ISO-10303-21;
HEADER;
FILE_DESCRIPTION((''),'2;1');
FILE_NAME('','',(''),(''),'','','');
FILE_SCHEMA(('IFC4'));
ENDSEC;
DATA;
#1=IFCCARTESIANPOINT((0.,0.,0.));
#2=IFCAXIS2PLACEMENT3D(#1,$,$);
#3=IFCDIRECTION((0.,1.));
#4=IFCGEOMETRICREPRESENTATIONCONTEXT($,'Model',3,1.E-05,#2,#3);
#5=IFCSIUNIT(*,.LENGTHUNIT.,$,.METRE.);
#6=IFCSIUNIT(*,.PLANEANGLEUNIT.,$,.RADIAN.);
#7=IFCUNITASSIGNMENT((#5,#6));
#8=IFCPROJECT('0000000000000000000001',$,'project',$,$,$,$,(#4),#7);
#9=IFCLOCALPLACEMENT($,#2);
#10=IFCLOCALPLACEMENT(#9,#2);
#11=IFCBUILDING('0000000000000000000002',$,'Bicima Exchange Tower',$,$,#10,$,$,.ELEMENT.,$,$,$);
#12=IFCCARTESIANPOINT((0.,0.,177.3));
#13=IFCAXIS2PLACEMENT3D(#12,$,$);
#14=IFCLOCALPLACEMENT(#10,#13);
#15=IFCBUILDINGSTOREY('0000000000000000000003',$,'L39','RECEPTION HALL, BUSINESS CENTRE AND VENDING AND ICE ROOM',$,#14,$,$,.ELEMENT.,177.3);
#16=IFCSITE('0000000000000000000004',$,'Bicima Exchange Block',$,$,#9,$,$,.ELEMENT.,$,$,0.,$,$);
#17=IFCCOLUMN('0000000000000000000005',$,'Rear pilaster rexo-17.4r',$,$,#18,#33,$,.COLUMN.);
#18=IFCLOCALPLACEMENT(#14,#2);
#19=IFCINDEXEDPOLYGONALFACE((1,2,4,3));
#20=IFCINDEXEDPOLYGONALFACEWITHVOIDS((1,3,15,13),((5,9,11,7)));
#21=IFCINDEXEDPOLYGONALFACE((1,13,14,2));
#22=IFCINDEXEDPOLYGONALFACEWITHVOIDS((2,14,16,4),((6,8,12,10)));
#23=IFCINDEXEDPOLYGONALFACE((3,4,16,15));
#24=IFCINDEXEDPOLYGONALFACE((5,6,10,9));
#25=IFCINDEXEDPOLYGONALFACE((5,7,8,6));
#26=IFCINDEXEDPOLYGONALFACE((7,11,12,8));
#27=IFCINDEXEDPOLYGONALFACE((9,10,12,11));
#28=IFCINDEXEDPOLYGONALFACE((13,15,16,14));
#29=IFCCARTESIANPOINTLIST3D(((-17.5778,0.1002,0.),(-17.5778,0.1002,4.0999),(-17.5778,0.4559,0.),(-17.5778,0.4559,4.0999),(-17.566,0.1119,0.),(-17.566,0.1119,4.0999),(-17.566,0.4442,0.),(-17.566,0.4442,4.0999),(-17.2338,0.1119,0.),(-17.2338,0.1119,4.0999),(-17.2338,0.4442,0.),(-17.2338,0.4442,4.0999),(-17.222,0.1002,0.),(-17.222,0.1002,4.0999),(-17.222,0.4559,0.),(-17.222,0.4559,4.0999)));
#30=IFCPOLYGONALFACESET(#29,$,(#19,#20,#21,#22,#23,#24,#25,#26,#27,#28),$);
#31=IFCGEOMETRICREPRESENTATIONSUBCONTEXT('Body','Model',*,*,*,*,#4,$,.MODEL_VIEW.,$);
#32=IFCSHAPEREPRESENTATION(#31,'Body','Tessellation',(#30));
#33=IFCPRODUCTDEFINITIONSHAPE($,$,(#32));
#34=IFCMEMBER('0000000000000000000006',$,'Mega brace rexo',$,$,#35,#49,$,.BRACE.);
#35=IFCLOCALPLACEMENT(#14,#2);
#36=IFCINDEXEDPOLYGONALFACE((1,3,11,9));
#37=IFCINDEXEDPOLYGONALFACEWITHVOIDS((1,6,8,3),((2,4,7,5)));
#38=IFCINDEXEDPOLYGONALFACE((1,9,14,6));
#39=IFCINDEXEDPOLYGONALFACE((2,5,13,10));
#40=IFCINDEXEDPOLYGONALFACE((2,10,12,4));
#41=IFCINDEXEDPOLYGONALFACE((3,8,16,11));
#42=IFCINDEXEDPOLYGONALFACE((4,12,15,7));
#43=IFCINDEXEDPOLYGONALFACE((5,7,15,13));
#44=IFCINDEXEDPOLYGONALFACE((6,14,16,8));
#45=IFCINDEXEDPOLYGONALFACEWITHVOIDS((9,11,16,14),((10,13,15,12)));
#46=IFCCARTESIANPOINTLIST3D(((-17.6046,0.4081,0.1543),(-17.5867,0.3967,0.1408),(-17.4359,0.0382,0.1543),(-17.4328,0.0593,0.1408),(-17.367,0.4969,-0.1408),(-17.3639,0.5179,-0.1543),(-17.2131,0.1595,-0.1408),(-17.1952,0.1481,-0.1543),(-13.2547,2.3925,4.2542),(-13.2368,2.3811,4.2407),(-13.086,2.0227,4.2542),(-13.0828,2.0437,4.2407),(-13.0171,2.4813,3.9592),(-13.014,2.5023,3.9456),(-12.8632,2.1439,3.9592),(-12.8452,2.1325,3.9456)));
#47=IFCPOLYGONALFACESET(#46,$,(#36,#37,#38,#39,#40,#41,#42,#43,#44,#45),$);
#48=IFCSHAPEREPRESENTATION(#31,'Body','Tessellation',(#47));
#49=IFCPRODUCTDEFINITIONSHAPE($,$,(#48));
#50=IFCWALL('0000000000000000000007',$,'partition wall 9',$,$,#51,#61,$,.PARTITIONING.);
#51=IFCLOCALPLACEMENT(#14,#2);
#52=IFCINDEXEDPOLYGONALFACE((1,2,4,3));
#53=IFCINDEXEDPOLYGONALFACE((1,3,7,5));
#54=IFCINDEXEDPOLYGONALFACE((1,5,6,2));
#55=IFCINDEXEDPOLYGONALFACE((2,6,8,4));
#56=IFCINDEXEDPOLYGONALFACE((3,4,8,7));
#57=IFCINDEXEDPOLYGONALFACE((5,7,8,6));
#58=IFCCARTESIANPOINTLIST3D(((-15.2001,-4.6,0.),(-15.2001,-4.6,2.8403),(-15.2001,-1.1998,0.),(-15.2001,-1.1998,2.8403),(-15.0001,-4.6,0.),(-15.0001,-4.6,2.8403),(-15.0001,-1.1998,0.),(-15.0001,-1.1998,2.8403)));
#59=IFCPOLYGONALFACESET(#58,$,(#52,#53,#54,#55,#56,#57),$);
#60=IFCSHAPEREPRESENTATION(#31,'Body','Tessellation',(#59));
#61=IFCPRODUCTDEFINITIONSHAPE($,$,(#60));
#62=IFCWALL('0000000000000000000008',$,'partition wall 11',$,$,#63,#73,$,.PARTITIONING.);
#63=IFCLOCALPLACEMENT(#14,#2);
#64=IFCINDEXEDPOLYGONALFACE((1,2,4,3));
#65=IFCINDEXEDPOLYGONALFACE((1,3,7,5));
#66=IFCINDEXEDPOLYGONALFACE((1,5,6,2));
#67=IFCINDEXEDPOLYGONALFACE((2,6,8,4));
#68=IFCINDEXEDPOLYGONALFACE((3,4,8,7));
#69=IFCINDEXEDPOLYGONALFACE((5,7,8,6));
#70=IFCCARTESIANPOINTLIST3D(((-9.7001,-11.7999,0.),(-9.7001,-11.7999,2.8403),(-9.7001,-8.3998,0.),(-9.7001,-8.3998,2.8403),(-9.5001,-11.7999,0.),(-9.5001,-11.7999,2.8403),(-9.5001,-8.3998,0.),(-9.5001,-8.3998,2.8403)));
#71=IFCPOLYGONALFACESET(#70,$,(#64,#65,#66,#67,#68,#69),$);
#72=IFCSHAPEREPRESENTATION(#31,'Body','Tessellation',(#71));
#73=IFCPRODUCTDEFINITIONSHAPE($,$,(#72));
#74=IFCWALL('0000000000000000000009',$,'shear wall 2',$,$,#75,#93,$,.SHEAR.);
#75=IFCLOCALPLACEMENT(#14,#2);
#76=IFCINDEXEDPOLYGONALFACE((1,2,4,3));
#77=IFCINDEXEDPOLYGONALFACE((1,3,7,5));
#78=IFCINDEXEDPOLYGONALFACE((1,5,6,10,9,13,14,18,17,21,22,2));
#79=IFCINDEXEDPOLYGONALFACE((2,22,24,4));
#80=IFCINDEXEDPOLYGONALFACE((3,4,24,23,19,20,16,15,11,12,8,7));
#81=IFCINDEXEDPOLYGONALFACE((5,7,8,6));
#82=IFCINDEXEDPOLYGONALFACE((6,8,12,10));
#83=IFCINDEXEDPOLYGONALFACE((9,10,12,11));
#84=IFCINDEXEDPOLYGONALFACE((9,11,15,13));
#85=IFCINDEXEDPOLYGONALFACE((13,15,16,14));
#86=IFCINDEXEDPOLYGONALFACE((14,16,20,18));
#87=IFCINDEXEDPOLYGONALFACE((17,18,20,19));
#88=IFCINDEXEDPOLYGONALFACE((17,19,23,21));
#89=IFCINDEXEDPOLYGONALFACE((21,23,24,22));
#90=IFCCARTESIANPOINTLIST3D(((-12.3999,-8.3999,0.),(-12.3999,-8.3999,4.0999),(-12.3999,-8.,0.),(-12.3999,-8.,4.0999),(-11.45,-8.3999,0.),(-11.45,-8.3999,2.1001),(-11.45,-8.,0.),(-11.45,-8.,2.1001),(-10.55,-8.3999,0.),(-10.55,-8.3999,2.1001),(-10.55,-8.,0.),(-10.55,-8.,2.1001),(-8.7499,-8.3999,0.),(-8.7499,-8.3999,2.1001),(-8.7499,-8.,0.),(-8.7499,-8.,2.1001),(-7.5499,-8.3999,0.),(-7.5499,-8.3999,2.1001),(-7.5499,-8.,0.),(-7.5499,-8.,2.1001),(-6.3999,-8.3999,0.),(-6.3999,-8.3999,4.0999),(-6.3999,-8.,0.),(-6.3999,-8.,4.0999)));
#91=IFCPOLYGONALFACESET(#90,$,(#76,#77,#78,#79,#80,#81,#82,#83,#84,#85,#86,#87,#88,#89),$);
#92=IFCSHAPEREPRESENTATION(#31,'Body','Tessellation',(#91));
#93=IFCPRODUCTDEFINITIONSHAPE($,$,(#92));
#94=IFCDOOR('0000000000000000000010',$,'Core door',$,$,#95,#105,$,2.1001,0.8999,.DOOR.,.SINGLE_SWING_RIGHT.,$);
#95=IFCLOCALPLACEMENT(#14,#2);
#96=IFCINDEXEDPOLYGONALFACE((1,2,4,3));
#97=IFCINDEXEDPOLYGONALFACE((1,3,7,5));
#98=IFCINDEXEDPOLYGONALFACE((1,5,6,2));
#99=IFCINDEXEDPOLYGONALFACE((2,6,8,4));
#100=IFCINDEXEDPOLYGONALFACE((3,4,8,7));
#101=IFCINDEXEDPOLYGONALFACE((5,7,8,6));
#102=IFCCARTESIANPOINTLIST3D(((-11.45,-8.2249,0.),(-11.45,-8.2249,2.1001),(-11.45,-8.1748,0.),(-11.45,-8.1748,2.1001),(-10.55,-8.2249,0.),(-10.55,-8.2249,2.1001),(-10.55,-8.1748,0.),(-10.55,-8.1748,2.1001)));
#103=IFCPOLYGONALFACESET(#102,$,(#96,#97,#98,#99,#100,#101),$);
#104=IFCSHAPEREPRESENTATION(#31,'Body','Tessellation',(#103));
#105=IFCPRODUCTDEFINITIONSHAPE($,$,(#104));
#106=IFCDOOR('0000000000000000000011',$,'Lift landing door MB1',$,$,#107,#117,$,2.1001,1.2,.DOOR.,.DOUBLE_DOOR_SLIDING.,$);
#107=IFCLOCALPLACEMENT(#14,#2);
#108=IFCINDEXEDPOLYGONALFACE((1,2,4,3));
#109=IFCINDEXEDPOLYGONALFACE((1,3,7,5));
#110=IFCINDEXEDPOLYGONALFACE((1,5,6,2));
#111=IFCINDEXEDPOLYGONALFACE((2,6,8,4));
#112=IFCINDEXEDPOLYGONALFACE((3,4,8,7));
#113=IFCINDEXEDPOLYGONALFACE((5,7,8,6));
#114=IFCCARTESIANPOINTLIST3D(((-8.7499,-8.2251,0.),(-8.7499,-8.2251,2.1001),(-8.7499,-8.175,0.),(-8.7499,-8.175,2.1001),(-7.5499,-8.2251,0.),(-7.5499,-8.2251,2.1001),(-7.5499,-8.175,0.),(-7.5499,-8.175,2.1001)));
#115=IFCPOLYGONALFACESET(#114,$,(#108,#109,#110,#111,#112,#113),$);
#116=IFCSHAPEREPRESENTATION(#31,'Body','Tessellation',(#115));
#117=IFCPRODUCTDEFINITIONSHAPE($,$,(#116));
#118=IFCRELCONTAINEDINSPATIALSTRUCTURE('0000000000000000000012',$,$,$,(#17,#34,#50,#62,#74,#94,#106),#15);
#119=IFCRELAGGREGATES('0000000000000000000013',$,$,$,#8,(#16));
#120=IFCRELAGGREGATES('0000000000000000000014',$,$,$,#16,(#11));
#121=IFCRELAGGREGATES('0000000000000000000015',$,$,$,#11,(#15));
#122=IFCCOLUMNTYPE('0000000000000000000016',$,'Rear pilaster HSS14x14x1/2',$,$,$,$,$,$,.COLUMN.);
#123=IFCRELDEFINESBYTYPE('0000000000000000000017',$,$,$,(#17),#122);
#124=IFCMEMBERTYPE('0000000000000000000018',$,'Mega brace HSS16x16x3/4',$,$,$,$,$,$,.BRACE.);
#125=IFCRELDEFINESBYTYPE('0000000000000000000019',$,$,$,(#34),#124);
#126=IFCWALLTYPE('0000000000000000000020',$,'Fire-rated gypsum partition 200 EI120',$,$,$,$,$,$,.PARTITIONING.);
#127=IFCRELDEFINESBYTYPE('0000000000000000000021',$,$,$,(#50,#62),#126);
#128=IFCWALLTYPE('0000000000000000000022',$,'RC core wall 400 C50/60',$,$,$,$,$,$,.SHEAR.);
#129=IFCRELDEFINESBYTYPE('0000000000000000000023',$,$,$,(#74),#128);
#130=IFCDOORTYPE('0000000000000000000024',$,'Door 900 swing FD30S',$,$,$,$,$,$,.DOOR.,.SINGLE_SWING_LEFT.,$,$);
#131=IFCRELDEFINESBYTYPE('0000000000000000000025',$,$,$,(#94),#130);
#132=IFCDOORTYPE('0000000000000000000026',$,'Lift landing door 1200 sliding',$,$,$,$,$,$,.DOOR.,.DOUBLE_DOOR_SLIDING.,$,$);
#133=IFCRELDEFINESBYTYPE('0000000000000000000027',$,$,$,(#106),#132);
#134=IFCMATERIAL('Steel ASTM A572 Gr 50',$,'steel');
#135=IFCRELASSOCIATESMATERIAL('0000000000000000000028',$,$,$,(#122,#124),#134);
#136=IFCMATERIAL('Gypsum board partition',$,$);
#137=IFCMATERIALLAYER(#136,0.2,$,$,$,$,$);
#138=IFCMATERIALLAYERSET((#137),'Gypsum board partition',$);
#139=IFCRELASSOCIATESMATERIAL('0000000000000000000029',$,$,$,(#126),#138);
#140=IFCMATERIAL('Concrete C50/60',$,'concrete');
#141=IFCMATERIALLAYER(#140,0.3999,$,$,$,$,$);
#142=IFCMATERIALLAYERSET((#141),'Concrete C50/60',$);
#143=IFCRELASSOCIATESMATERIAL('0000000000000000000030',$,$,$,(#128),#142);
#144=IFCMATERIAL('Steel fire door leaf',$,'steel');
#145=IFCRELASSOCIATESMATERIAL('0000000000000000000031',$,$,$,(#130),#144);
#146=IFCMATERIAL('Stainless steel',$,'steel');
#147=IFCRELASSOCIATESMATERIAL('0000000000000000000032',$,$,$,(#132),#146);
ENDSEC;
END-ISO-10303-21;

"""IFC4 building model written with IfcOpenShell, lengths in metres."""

from ifc_helpers import new_model, si_unit, direction, frame, frame_2d, origin, origin_2d, place, context, subcontext, project, spatial, rectangle, hollow_rectangle, extrude, material, layer, layer_set, material_profile, profile_set, type_object, element, fill, save


model = new_model("IFC4")

# Units and contexts
model_context = context("Model", 3, precision=1e-05, world=origin(), true_north=direction((0.0, 1.0)))
body_context = subcontext(model_context, "Body", "Model", "MODEL_VIEW")
ifc_project = project(units=[si_unit("LENGTHUNIT", "METRE"), si_unit("PLANEANGLEUNIT", "RADIAN")], contexts=[model_context])

# Site, building, storey
site_placement = place(None, origin())
site = spatial("IfcSite", under=ifc_project, at=site_placement, Name="Bicima Exchange Block", CompositionType="ELEMENT", RefElevation=0.0)
building_placement = place(site_placement, origin())
building = spatial("IfcBuilding", under=site, at=building_placement, Name="Bicima Exchange Tower", CompositionType="ELEMENT")
storey_placement = place(building_placement, frame((0.0, 0.0, 177.3)))
storey = spatial("IfcBuildingStorey", under=building, at=storey_placement, Name="L39", Description="RECEPTION HALL, BUSINESS CENTRE AND VENDING AND ICE ROOM", CompositionType="ELEMENT", Elevation=177.3)

# Column
ifc_material_1 = material(Name="Steel ASTM A572 Gr 50", Category="steel")
ifc_material_profile_1 = material_profile(ifc_material_1, hollow_rectangle(XDim=0.3557, YDim=0.3557, WallThickness=0.0117, at=origin_2d()))
ifc_profile_set_1 = profile_set([ifc_material_profile_1], Name="Steel ASTM A572 Gr 50")
column_type = type_object("IfcColumnType", Name="Rear pilaster HSS14x14x1/2", PredefinedType="COLUMN", material=ifc_profile_set_1)
column_placement = place(storey_placement, frame((-17.3999, 0.2781, 0.0), z_axis=(0.0, 0.0, 1.0), x_axis=(1.0, 0.0, 0.0)))
element("IfcColumn", 1, at=column_placement, inside=storey, type_object=column_type, Name="Rear pilaster rexo-17.4r", PredefinedType="COLUMN", context=body_context, shape_type="SweptSolid", body=[
    extrude(hollow_rectangle(XDim=0.3557, YDim=0.3557, WallThickness=0.0117, at=origin_2d()), origin(), (0.0, 0.0, 1.0), 4.0999),
])

# Member
ifc_material_profile_2 = material_profile(ifc_material_1, hollow_rectangle(XDim=0.4065, YDim=0.4065, WallThickness=0.0178, at=origin_2d()))
ifc_profile_set_2 = profile_set([ifc_material_profile_2], Name="Steel ASTM A572 Gr 50")
member_type = type_object("IfcMemberType", Name="Mega brace HSS16x16x3/4", PredefinedType="BRACE", material=ifc_profile_set_2)
member_placement = place(storey_placement, frame((-17.3999, 0.2781, 0.0), z_axis=(0.690646, 0.315068, 0.650953), x_axis=(-0.415045, 0.909801, 0.0)))
element("IfcMember", 2, at=member_placement, inside=storey, type_object=member_type, Name="Mega brace rexo", PredefinedType="BRACE", context=body_context, shape_type="SweptSolid", body=[
    extrude(hollow_rectangle(XDim=0.4065, YDim=0.4065, WallThickness=0.0178, at=origin_2d()), origin(), (0.0, 0.0, 1.0), 6.2983),
])

# Walls
ifc_material_2 = material(Name="Gypsum board partition")
ifc_layer_1 = layer(ifc_material_2, 0.2)
ifc_layer_set_1 = layer_set([ifc_layer_1], Name="Gypsum board partition")
wall_type_1 = type_object("IfcWallType", Name="Fire-rated gypsum partition 200 EI120", PredefinedType="PARTITIONING", material=ifc_layer_set_1)
for number, where, z_axis, x_axis, name in (
    (3, (-15.1001, -4.6001, 0.0), (0.0, 0.0, 1.0), (0.0, 1.0, 0.0), "partition wall 9"),
    (4, (-9.6001, -11.8, 0.0), (0.0, 0.0, 1.0), (0.0, 1.0, 0.0), "partition wall 11"),
):
    element("IfcWall", number, at=place(storey_placement, frame(where, z_axis=z_axis, x_axis=x_axis)), inside=storey, type_object=wall_type_1, Name=name, PredefinedType="PARTITIONING", context=body_context, shape_type="SweptSolid", body=[
        extrude(rectangle(XDim=3.4001, YDim=0.2, at=frame_2d((1.7002, 0.0))), origin(), (0.0, 0.0, 1.0), 2.8403),
    ])

# Wall, openings, doors
ifc_material_3 = material(Name="Concrete C50/60", Category="concrete")
ifc_layer_2 = layer(ifc_material_3, 0.3999)
ifc_layer_set_2 = layer_set([ifc_layer_2], Name="Concrete C50/60")
wall_type_2 = type_object("IfcWallType", Name="RC core wall 400 C50/60", PredefinedType="SHEAR", material=ifc_layer_set_2)
wall_1_placement = place(storey_placement, frame((-12.3999, -8.2, 0.0), z_axis=(0.0, 0.0, 1.0), x_axis=(1.0, 0.0, 0.0)))
wall_1 = element("IfcWall", 5, at=wall_1_placement, inside=storey, type_object=wall_type_2, Name="shear wall 2", PredefinedType="SHEAR", context=body_context, shape_type="SweptSolid", body=[
    extrude(rectangle(XDim=6.0, YDim=0.3999, at=frame_2d((3.0, 0.0))), origin(), (0.0, 0.0, 1.0), 4.0999),
])
opening_1_placement = place(wall_1_placement, frame((3.6499, 0.0, 0.0)))
opening_1 = element("IfcOpeningElement", 6, at=opening_1_placement, cuts=wall_1, PredefinedType="OPENING", context=body_context, shape_type="SweptSolid", body=[
    extrude(rectangle(XDim=1.2, YDim=2.1001, at=frame_2d((0.6001, 1.05))), frame((0.0, 0.2119, 0.0), z_axis=(0.0, -1.0, 0.0), x_axis=(1.0, 0.0, 0.0)), (0.0, 0.0, 1.0), 0.4238),
])
opening_2_placement = place(wall_1_placement, frame((0.95, 0.0, 0.0)))
opening_2 = element("IfcOpeningElement", 7, at=opening_2_placement, cuts=wall_1, PredefinedType="OPENING", context=body_context, shape_type="SweptSolid", body=[
    extrude(rectangle(XDim=0.8999, YDim=2.1001, at=frame_2d((0.45, 1.05))), frame((0.0, 0.2119, 0.0), z_axis=(0.0, -1.0, 0.0), x_axis=(1.0, 0.0, 0.0)), (0.0, 0.0, 1.0), 0.4238),
])
ifc_material_4 = material(Name="Steel fire door leaf", Category="steel")
door_type_1 = type_object("IfcDoorType", Name="Door 900 swing FD30S", OperationType="SINGLE_SWING_LEFT", PredefinedType="DOOR", material=ifc_material_4)
door_1_placement = place(opening_2_placement, frame((0.8999, 0.0, 0.0), z_axis=(0.0, 0.0, 1.0), x_axis=(-1.0, 0.0, 0.0)))
door_1 = element("IfcDoor", 8, at=door_1_placement, inside=storey, type_object=door_type_1, Name="Core door", OperationType="SINGLE_SWING_RIGHT", OverallHeight=2.1001, OverallWidth=0.8999, PredefinedType="DOOR", context=body_context, shape_type="SweptSolid", body=[
    extrude(rectangle(XDim=0.8999, YDim=2.1001, at=frame_2d((0.45, 1.05))), frame((0.0, 0.0249, 0.0), z_axis=(0.0, -1.0, 0.0), x_axis=(1.0, 0.0, 0.0)), (0.0, 0.0, 1.0), 0.05),
])
fill(opening_2, door_1)
ifc_material_5 = material(Name="Stainless steel", Category="steel")
door_type_2 = type_object("IfcDoorType", Name="Lift landing door 1200 sliding", OperationType="DOUBLE_DOOR_SLIDING", PredefinedType="DOOR", material=ifc_material_5)
door_2_placement = place(opening_1_placement, origin())
door_2 = element("IfcDoor", 9, at=door_2_placement, inside=storey, type_object=door_type_2, Name="Lift landing door MB1", OperationType="DOUBLE_DOOR_SLIDING", OverallHeight=2.1001, OverallWidth=1.2, PredefinedType="DOOR", context=body_context, shape_type="SweptSolid", body=[
    extrude(rectangle(XDim=1.2, YDim=2.1001, at=frame_2d((0.6001, 1.05))), frame((0.0, 0.0249, 0.0), z_axis=(0.0, -1.0, 0.0), x_axis=(1.0, 0.0, 0.0)), (0.0, 0.0, 1.0), 0.05),
])
fill(opening_1, door_2)

save(model, "model.ifc")
